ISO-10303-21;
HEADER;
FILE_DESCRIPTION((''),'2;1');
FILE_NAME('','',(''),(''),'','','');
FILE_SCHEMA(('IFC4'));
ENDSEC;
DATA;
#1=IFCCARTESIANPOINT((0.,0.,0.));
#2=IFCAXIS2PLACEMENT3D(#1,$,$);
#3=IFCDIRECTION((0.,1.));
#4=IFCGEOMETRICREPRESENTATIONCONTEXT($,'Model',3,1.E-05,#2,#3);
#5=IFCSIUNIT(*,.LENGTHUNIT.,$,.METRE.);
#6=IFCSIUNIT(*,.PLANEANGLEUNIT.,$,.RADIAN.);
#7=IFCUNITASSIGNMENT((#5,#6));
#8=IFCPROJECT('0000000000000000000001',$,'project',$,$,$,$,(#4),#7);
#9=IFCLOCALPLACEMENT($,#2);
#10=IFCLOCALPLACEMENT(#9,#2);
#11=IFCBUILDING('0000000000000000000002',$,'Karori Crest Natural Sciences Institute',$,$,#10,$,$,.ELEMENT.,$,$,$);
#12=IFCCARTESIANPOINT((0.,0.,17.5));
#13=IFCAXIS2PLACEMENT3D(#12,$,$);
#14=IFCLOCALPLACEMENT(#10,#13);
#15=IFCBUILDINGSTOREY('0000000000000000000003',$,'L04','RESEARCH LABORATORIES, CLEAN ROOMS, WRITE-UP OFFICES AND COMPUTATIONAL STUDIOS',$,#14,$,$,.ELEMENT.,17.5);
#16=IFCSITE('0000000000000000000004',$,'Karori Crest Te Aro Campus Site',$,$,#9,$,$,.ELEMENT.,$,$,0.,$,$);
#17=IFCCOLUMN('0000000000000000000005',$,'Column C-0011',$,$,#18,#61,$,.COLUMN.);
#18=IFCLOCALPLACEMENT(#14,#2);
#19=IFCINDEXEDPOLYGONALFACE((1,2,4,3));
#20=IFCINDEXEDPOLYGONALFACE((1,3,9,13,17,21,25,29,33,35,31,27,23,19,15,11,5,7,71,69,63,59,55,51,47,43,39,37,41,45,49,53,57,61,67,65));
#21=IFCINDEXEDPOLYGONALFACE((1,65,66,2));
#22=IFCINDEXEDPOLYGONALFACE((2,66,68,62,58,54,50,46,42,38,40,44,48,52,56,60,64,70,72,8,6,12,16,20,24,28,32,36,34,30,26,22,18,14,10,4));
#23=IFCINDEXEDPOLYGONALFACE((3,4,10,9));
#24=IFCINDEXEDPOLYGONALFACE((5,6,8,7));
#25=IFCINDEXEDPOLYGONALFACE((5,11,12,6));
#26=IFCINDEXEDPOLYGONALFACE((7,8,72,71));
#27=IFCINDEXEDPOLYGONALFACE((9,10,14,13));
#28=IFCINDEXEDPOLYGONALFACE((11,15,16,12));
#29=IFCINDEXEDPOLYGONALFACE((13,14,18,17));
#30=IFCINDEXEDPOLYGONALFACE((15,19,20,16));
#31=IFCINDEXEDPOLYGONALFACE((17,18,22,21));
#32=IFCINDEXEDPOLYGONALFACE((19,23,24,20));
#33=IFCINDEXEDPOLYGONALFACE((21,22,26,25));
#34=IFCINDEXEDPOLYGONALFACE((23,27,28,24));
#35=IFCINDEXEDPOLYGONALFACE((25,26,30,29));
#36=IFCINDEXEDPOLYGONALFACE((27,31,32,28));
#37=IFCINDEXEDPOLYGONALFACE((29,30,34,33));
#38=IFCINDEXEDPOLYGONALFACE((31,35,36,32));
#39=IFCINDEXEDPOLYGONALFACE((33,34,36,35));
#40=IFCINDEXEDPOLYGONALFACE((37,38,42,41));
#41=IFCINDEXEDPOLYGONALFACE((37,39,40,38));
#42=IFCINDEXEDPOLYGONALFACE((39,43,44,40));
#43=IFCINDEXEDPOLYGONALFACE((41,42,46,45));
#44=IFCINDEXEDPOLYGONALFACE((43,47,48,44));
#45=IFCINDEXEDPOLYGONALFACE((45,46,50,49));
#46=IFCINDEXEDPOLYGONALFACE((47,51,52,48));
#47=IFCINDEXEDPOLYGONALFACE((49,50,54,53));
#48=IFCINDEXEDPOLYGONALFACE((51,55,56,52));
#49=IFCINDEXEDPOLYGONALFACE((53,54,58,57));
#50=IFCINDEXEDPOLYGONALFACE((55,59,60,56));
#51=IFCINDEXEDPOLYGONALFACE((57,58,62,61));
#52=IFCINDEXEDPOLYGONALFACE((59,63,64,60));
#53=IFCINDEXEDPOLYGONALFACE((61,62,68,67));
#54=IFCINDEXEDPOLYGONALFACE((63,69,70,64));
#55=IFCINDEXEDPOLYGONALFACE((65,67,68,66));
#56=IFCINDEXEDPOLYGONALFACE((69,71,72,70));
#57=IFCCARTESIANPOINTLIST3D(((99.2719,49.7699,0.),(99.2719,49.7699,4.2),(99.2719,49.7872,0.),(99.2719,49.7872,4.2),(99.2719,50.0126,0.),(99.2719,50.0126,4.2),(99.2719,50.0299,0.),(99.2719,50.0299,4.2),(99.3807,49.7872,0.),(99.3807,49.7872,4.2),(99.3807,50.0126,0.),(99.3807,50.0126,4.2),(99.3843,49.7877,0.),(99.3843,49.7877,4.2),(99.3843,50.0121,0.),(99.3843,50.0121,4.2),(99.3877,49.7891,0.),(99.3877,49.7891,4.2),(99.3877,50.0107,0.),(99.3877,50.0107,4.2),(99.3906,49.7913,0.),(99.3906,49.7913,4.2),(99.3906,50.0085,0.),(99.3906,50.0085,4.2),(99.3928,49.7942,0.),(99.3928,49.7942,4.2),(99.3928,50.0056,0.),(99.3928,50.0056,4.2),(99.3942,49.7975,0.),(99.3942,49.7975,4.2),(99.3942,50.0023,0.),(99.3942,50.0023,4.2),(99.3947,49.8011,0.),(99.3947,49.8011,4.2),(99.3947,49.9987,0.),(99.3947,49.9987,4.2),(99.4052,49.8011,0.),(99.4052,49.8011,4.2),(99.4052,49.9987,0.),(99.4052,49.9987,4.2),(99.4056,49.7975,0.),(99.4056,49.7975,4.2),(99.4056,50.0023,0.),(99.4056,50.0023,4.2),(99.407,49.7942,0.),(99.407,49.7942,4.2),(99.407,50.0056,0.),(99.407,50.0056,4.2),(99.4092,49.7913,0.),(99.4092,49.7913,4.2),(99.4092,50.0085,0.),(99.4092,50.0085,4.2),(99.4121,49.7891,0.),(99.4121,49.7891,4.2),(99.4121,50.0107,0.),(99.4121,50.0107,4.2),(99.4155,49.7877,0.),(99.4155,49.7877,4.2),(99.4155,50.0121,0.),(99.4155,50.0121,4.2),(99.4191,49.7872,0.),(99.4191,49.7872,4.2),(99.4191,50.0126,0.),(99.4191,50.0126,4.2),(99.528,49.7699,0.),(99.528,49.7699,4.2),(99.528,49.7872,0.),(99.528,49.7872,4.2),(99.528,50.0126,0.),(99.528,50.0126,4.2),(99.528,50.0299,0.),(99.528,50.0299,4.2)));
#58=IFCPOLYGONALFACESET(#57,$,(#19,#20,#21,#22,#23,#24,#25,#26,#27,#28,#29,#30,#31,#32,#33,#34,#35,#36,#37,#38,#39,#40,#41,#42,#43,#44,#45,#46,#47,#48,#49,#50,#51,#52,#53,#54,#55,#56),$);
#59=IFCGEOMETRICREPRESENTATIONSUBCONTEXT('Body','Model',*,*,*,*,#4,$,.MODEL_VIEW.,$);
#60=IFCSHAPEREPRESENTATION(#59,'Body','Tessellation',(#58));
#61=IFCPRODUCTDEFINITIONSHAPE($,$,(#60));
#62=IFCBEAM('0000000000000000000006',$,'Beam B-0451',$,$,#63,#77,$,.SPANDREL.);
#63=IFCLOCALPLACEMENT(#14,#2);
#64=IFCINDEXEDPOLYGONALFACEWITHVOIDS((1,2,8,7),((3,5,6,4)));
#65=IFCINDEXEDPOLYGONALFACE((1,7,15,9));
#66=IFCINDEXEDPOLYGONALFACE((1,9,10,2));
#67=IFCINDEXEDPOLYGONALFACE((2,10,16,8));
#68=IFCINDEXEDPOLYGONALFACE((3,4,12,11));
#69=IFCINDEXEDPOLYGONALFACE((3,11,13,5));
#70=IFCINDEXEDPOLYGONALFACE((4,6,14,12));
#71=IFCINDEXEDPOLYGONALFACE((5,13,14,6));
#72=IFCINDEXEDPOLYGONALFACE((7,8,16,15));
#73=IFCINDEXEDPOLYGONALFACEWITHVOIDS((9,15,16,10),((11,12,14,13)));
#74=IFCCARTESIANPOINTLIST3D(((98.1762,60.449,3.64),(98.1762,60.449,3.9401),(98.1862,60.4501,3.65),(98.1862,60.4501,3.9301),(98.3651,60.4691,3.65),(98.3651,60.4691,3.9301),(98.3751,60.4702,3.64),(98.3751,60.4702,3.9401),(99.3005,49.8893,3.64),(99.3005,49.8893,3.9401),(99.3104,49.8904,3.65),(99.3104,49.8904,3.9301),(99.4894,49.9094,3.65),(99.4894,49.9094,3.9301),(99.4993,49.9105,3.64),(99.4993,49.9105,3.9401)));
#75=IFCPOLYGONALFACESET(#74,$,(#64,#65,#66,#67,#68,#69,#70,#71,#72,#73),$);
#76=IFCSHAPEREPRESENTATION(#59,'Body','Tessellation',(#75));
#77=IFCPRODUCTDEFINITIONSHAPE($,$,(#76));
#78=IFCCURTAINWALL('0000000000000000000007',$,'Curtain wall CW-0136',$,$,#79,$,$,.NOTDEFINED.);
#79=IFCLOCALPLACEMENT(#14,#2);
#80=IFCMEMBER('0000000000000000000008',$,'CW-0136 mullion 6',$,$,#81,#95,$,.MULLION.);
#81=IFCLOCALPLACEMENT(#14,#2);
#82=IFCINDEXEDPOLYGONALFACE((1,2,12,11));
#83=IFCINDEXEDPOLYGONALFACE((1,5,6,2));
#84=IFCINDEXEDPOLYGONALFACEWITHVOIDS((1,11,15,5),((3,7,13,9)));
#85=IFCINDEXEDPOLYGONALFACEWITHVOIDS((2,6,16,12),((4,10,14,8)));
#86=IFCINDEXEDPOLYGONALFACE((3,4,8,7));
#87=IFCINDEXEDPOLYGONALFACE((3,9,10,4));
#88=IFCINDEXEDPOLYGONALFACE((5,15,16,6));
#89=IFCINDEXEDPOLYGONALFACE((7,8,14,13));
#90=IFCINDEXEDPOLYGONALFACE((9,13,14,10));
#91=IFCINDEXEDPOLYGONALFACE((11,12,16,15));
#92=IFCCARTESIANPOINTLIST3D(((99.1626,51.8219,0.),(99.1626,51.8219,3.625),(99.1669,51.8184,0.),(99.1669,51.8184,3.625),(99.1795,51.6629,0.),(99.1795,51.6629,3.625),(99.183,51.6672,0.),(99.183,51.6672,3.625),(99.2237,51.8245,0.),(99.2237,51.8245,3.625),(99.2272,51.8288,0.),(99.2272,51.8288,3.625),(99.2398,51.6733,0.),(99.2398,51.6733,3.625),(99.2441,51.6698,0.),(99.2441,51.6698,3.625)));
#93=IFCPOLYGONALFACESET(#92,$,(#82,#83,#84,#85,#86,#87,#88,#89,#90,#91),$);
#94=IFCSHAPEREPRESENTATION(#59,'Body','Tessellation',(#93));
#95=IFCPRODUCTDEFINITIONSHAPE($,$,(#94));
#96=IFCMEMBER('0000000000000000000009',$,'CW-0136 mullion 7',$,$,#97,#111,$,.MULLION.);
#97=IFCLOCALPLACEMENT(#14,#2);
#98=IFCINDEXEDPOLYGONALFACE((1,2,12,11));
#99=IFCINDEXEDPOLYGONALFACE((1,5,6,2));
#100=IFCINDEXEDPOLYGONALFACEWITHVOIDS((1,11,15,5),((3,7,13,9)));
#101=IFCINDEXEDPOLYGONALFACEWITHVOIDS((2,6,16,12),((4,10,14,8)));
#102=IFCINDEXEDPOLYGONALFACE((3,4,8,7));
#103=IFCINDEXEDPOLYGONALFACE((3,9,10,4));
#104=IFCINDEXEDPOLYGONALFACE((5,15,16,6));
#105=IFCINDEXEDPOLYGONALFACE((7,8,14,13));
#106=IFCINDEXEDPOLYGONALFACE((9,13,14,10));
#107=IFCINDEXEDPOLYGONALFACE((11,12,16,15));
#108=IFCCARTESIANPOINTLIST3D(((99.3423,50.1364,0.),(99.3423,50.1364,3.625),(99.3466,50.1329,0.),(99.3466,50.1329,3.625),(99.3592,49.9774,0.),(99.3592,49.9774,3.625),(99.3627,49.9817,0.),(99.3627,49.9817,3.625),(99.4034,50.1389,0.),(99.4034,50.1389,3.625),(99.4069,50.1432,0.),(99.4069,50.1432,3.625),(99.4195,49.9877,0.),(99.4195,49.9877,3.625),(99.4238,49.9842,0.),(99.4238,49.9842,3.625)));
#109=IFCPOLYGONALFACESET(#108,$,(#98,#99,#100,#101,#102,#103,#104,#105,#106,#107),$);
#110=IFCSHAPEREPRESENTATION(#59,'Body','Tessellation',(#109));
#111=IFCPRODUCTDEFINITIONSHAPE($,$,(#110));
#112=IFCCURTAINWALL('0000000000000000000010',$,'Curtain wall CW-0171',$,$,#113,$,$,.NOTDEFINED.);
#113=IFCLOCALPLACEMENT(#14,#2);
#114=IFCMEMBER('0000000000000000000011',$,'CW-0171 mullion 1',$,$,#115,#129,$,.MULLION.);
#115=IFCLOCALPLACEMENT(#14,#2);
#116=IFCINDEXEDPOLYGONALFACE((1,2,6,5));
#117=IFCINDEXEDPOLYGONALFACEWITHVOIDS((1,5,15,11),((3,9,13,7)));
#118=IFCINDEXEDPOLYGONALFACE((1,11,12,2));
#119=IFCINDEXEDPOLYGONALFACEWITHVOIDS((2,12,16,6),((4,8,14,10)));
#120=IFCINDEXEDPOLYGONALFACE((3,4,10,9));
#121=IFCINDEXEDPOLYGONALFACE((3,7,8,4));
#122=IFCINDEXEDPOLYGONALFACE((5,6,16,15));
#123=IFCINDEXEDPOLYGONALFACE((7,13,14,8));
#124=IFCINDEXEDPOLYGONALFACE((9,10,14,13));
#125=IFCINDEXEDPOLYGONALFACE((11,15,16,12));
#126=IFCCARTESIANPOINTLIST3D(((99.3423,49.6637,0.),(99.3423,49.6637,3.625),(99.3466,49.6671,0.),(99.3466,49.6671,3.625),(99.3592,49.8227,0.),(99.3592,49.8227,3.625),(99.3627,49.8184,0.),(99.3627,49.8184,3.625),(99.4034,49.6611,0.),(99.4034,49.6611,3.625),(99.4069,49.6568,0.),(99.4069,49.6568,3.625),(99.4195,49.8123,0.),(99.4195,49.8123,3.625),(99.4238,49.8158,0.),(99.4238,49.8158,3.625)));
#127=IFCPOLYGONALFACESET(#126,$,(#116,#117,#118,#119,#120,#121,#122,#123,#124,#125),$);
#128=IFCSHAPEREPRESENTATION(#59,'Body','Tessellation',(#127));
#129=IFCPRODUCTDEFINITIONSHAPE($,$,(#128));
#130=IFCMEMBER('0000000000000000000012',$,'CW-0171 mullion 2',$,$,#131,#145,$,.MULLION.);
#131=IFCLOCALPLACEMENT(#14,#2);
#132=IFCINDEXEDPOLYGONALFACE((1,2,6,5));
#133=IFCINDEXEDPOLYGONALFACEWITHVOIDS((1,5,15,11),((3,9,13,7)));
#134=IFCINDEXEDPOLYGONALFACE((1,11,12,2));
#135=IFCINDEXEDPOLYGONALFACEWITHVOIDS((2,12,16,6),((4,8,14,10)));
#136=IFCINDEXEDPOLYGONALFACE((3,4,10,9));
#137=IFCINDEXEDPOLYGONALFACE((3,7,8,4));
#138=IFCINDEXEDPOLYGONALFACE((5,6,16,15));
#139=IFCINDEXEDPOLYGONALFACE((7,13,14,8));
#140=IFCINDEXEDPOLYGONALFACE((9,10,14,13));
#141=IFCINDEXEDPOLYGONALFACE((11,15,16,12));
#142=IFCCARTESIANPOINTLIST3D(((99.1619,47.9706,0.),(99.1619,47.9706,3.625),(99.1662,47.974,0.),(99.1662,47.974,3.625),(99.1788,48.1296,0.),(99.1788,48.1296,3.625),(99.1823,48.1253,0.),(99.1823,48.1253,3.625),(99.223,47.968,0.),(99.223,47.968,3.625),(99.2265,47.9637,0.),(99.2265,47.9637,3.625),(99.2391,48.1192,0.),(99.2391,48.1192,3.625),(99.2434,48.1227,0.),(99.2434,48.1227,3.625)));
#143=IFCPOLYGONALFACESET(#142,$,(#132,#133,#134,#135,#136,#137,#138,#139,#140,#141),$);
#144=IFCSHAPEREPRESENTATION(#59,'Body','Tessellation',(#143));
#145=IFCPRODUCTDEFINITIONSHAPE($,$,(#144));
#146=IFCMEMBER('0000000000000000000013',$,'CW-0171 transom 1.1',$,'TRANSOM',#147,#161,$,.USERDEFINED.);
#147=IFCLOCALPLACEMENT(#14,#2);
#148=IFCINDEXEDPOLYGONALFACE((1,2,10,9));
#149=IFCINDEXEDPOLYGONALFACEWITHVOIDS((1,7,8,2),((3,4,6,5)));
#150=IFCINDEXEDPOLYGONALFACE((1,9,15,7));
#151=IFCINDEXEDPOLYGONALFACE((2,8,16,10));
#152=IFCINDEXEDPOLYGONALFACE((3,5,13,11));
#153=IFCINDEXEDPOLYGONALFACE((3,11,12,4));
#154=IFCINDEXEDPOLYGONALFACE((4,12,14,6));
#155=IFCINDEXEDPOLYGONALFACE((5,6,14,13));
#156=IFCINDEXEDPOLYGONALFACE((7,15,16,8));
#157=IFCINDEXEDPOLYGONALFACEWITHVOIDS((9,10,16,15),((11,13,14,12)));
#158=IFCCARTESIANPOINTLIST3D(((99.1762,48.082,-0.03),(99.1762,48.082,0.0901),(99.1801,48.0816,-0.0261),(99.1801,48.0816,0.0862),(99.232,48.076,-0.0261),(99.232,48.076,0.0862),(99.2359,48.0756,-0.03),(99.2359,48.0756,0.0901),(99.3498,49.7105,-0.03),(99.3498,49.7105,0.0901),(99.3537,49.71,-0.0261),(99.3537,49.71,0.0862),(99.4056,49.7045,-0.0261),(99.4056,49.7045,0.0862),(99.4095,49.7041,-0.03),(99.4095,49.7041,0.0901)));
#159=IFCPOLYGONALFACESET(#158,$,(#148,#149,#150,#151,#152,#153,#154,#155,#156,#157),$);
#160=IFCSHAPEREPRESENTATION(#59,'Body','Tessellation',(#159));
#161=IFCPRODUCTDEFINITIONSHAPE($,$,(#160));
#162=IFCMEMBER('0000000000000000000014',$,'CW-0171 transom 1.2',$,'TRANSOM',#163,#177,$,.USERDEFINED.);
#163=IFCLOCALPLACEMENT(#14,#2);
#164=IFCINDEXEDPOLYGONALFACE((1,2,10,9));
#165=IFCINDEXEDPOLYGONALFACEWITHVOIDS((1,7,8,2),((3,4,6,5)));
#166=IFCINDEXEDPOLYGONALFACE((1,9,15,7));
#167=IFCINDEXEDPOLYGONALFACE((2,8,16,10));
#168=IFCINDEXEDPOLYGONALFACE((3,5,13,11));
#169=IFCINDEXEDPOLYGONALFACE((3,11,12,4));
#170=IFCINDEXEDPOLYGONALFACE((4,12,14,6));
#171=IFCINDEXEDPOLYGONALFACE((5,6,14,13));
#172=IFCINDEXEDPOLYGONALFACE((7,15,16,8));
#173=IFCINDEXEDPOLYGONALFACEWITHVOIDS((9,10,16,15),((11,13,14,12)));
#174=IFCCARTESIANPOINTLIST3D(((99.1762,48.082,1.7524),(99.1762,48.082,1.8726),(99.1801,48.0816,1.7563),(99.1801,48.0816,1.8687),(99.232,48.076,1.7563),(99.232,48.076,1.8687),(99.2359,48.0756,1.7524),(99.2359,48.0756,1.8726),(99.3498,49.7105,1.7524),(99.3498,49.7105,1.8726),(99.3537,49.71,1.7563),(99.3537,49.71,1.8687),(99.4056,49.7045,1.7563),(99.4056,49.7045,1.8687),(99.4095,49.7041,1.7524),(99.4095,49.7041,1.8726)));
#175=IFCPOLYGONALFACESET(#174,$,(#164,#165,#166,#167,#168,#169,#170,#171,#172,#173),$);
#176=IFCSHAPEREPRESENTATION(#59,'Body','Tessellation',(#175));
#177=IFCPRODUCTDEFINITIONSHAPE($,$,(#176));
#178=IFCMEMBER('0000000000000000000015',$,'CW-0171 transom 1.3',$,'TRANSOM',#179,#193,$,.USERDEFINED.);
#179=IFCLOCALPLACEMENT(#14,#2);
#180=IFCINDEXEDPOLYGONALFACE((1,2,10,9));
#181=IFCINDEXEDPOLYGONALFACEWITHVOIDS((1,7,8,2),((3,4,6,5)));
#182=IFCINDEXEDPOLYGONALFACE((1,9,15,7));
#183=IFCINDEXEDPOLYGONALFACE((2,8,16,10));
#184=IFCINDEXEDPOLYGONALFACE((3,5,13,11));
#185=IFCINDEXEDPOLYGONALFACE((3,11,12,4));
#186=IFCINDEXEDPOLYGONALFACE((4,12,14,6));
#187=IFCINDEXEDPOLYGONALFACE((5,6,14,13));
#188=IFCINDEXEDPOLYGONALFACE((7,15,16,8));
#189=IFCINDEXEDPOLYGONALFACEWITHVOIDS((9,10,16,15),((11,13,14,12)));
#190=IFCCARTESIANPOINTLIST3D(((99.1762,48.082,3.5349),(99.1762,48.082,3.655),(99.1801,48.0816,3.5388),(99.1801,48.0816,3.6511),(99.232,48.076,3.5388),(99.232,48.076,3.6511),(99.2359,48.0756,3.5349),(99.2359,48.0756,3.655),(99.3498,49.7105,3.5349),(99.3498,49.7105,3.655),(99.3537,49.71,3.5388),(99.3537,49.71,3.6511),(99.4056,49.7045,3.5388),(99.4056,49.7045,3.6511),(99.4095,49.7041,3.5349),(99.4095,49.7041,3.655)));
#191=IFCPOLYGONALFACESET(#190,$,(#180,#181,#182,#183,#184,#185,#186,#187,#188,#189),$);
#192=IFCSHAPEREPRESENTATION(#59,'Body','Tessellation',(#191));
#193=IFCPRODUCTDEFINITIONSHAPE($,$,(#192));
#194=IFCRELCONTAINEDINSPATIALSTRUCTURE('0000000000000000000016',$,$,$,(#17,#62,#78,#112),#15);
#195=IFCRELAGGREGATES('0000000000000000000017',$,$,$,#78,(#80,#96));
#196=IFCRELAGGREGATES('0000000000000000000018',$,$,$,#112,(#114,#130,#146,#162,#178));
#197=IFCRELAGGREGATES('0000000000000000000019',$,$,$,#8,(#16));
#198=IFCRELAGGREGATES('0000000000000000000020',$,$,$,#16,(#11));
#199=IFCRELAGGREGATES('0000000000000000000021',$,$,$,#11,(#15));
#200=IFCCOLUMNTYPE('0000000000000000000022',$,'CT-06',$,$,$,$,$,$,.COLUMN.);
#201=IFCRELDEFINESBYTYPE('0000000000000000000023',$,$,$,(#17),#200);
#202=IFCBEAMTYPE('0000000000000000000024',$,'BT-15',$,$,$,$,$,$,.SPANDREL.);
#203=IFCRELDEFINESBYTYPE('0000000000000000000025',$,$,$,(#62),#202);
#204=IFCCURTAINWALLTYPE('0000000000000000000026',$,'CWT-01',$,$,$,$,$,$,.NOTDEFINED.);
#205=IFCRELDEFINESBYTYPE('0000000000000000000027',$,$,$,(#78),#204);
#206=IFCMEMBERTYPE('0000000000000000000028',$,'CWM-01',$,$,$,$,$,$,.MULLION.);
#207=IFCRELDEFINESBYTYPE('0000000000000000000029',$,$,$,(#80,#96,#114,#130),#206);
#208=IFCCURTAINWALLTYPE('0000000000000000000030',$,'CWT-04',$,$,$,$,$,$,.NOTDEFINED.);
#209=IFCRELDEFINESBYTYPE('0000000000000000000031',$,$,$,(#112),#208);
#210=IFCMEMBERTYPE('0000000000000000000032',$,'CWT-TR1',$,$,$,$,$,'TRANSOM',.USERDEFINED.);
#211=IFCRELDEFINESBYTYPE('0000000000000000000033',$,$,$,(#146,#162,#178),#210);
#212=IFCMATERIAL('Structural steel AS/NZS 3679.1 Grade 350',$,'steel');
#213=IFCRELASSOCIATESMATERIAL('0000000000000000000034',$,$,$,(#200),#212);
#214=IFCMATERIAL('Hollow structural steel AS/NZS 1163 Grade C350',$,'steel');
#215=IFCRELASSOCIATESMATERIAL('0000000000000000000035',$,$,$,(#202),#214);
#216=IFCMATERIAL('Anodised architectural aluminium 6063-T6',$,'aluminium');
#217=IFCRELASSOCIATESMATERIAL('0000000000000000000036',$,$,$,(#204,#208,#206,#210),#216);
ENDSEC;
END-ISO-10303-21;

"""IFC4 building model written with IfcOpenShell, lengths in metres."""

from ifc_helpers import new_model, si_unit, direction, frame, origin, origin_2d, place, context, subcontext, project, spatial, hollow_rectangle, i_section, extrude, material, material_profile, profile_set, type_object, element, aggregate, save


model = new_model("IFC4")

# Units and contexts
model_context = context("Model", 3, precision=1e-05, world=origin(), true_north=direction((0.0, 1.0)))
body_context = subcontext(model_context, "Body", "Model", "MODEL_VIEW")
ifc_project = project(units=[si_unit("LENGTHUNIT", "METRE"), si_unit("PLANEANGLEUNIT", "RADIAN")], contexts=[model_context])

# Site, building, storey
site_placement = place(None, origin())
site = spatial("IfcSite", under=ifc_project, at=site_placement, Name="Karori Crest Te Aro Campus Site", CompositionType="ELEMENT", RefElevation=0.0)
building_placement = place(site_placement, origin())
building = spatial("IfcBuilding", under=site, at=building_placement, Name="Karori Crest Natural Sciences Institute", CompositionType="ELEMENT")
storey_placement = place(building_placement, frame((0.0, 0.0, 17.5)))
storey = spatial("IfcBuildingStorey", under=building, at=storey_placement, Name="L04", Description="RESEARCH LABORATORIES, CLEAN ROOMS, WRITE-UP OFFICES AND COMPUTATIONAL STUDIOS", CompositionType="ELEMENT", Elevation=17.5)

# Column
ifc_material_1 = material(Name="Structural steel AS/NZS 3679.1 Grade 350", Category="steel")
ifc_material_profile_1 = material_profile(ifc_material_1, i_section(OverallWidth=0.2561, OverallDepth=0.26, WebThickness=0.0105, FlangeThickness=0.0173, FilletRadius=0.0139, at=origin_2d()), Name="250UC89.5")
ifc_profile_set_1 = profile_set([ifc_material_profile_1], Name="Structural steel AS/NZS 3679.1 Grade 350")
column_type = type_object("IfcColumnType", Name="CT-06", PredefinedType="COLUMN", material=ifc_profile_set_1)
column_placement = place(storey_placement, frame((99.3999, 49.8999, 0.0), z_axis=(0.0, 0.0, 1.0), x_axis=(1.0, 0.0, 0.0)))
element("IfcColumn", 1, at=column_placement, inside=storey, type_object=column_type, Name="Column C-0011", PredefinedType="COLUMN", context=body_context, shape_type="SweptSolid", body=[
    extrude(i_section(OverallWidth=0.2561, OverallDepth=0.26, WebThickness=0.0105, FlangeThickness=0.0173, FilletRadius=0.0139, at=origin_2d()), origin(), (0.0, 0.0, 1.0), 4.2),
])

# Beam
ifc_material_2 = material(Name="Hollow structural steel AS/NZS 1163 Grade C350", Category="steel")
ifc_material_profile_2 = material_profile(ifc_material_2, hollow_rectangle(XDim=0.2, YDim=0.3, WallThickness=0.01, at=origin_2d()), Name="RHS300x200x10")
ifc_profile_set_2 = profile_set([ifc_material_profile_2], Name="Hollow structural steel AS/NZS 1163 Grade C350")
beam_type = type_object("IfcBeamType", Name="BT-15", PredefinedType="SPANDREL", material=ifc_profile_set_2)
beam_placement = place(storey_placement, frame((99.3999, 49.8999, 3.79), z_axis=(-0.105868, 0.99438, 0.0), x_axis=(-0.99438, -0.105868, 0.0)))
element("IfcBeam", 2, at=beam_placement, inside=storey, type_object=beam_type, Name="Beam B-0451", PredefinedType="SPANDREL", context=body_context, shape_type="SweptSolid", body=[
    extrude(hollow_rectangle(XDim=0.2, YDim=0.3, WallThickness=0.01, at=origin_2d()), origin(), (0.0, 0.0, 1.0), 10.6194),
])

# Curtain walls, members
ifc_material_3 = material(Name="Anodised architectural aluminium 6063-T6", Category="aluminium")
curtain_wall_type_1 = type_object("IfcCurtainWallType", Name="CWT-01", PredefinedType="NOTDEFINED", material=ifc_material_3)
curtain_wall_1_placement = place(storey_placement, origin())
curtain_wall_1 = element("IfcCurtainWall", 3, at=curtain_wall_1_placement, inside=storey, type_object=curtain_wall_type_1, Name="Curtain wall CW-0136", PredefinedType="NOTDEFINED")
ifc_material_profile_3 = material_profile(ifc_material_3, hollow_rectangle(XDim=0.0649, YDim=0.1599, WallThickness=0.0039, at=origin_2d()), Name="CWM160x65x4")
ifc_profile_set_3 = profile_set([ifc_material_profile_3], Name="Anodised architectural aluminium 6063-T6")
member_type_1 = type_object("IfcMemberType", Name="CWM-01", PredefinedType="MULLION", material=ifc_profile_set_3)
member_1_placement = place(storey_placement, frame((99.2034, 51.7458, 0.0), z_axis=(0.0, 0.0, 1.0), x_axis=(0.994378, 0.105884, 0.0)))
member_1 = element("IfcMember", 4, at=member_1_placement, type_object=member_type_1, Name="CW-0136 mullion 6", PredefinedType="MULLION", context=body_context, shape_type="SweptSolid", body=[
    extrude(hollow_rectangle(XDim=0.0649, YDim=0.1599, WallThickness=0.0039, at=origin_2d()), origin(), (0.0, 0.0, 1.0), 3.625),
])
member_2_placement = place(storey_placement, frame((99.3831, 50.0603, 0.0), z_axis=(0.0, 0.0, 1.0), x_axis=(0.994378, 0.105884, 0.0)))
member_2 = element("IfcMember", 5, at=member_2_placement, type_object=member_type_1, Name="CW-0136 mullion 7", PredefinedType="MULLION", context=body_context, shape_type="SweptSolid", body=[
    extrude(hollow_rectangle(XDim=0.0649, YDim=0.1599, WallThickness=0.0039, at=origin_2d()), origin(), (0.0, 0.0, 1.0), 3.625),
])
curtain_wall_type_2 = type_object("IfcCurtainWallType", Name="CWT-04", PredefinedType="NOTDEFINED", material=ifc_material_3)
curtain_wall_2_placement = place(storey_placement, origin())
curtain_wall_2 = element("IfcCurtainWall", 6, at=curtain_wall_2_placement, inside=storey, type_object=curtain_wall_type_2, Name="Curtain wall CW-0171", PredefinedType="NOTDEFINED")
member_3_placement = place(storey_placement, frame((99.3831, 49.7397, 0.0), z_axis=(0.0, 0.0, 1.0), x_axis=(0.994378, -0.105886, 0.0)))
member_3 = element("IfcMember", 7, at=member_3_placement, type_object=member_type_1, Name="CW-0171 mullion 1", PredefinedType="MULLION", context=body_context, shape_type="SweptSolid", body=[
    extrude(hollow_rectangle(XDim=0.0649, YDim=0.1599, WallThickness=0.0039, at=origin_2d()), origin(), (0.0, 0.0, 1.0), 3.625),
])
member_4_placement = place(storey_placement, frame((99.2026, 48.0466, 0.0), z_axis=(0.0, 0.0, 1.0), x_axis=(0.994378, -0.105886, 0.0)))
member_4 = element("IfcMember", 8, at=member_4_placement, type_object=member_type_1, Name="CW-0171 mullion 2", PredefinedType="MULLION", context=body_context, shape_type="SweptSolid", body=[
    extrude(hollow_rectangle(XDim=0.0649, YDim=0.1599, WallThickness=0.0039, at=origin_2d()), origin(), (0.0, 0.0, 1.0), 3.625),
])
ifc_material_profile_4 = material_profile(ifc_material_3, hollow_rectangle(XDim=0.0601, YDim=0.1201, WallThickness=0.0039, at=origin_2d()), Name="CWT120x60x4")
ifc_profile_set_4 = profile_set([ifc_material_profile_4], Name="Anodised architectural aluminium 6063-T6")
member_type_2 = type_object("IfcMemberType", Name="CWT-TR1", ElementType="TRANSOM", PredefinedType="USERDEFINED", material=ifc_profile_set_4)
member_5_placement = place(storey_placement, frame((99.3796, 49.7073, 0.03), z_axis=(-0.105996, -0.994367, 0.0), x_axis=(0.994367, -0.105996, 0.0)))
member_5 = element("IfcMember", 9, at=member_5_placement, type_object=member_type_2, Name="CW-0171 transom 1.1", ObjectType="TRANSOM", PredefinedType="USERDEFINED", context=body_context, shape_type="SweptSolid", body=[
    extrude(hollow_rectangle(XDim=0.0601, YDim=0.1201, WallThickness=0.0039, at=origin_2d()), origin(), (0.0, 0.0, 1.0), 1.6377),
])
member_6_placement = place(storey_placement, frame((99.3796, 49.7073, 1.8125), z_axis=(-0.105996, -0.994367, 0.0), x_axis=(0.994367, -0.105996, 0.0)))
member_6 = element("IfcMember", 10, at=member_6_placement, type_object=member_type_2, Name="CW-0171 transom 1.2", ObjectType="TRANSOM", PredefinedType="USERDEFINED", context=body_context, shape_type="SweptSolid", body=[
    extrude(hollow_rectangle(XDim=0.0601, YDim=0.1201, WallThickness=0.0039, at=origin_2d()), origin(), (0.0, 0.0, 1.0), 1.6377),
])
member_7_placement = place(storey_placement, frame((99.3796, 49.7073, 3.595), z_axis=(-0.105996, -0.994367, 0.0), x_axis=(0.994367, -0.105996, 0.0)))
member_7 = element("IfcMember", 11, at=member_7_placement, type_object=member_type_2, Name="CW-0171 transom 1.3", ObjectType="TRANSOM", PredefinedType="USERDEFINED", context=body_context, shape_type="SweptSolid", body=[
    extrude(hollow_rectangle(XDim=0.0601, YDim=0.1201, WallThickness=0.0039, at=origin_2d()), origin(), (0.0, 0.0, 1.0), 1.6377),
])

aggregate(curtain_wall_1, [member_1, member_2])
aggregate(curtain_wall_2, [member_3, member_4, member_5, member_6, member_7])

save(model, "model.ifc")
